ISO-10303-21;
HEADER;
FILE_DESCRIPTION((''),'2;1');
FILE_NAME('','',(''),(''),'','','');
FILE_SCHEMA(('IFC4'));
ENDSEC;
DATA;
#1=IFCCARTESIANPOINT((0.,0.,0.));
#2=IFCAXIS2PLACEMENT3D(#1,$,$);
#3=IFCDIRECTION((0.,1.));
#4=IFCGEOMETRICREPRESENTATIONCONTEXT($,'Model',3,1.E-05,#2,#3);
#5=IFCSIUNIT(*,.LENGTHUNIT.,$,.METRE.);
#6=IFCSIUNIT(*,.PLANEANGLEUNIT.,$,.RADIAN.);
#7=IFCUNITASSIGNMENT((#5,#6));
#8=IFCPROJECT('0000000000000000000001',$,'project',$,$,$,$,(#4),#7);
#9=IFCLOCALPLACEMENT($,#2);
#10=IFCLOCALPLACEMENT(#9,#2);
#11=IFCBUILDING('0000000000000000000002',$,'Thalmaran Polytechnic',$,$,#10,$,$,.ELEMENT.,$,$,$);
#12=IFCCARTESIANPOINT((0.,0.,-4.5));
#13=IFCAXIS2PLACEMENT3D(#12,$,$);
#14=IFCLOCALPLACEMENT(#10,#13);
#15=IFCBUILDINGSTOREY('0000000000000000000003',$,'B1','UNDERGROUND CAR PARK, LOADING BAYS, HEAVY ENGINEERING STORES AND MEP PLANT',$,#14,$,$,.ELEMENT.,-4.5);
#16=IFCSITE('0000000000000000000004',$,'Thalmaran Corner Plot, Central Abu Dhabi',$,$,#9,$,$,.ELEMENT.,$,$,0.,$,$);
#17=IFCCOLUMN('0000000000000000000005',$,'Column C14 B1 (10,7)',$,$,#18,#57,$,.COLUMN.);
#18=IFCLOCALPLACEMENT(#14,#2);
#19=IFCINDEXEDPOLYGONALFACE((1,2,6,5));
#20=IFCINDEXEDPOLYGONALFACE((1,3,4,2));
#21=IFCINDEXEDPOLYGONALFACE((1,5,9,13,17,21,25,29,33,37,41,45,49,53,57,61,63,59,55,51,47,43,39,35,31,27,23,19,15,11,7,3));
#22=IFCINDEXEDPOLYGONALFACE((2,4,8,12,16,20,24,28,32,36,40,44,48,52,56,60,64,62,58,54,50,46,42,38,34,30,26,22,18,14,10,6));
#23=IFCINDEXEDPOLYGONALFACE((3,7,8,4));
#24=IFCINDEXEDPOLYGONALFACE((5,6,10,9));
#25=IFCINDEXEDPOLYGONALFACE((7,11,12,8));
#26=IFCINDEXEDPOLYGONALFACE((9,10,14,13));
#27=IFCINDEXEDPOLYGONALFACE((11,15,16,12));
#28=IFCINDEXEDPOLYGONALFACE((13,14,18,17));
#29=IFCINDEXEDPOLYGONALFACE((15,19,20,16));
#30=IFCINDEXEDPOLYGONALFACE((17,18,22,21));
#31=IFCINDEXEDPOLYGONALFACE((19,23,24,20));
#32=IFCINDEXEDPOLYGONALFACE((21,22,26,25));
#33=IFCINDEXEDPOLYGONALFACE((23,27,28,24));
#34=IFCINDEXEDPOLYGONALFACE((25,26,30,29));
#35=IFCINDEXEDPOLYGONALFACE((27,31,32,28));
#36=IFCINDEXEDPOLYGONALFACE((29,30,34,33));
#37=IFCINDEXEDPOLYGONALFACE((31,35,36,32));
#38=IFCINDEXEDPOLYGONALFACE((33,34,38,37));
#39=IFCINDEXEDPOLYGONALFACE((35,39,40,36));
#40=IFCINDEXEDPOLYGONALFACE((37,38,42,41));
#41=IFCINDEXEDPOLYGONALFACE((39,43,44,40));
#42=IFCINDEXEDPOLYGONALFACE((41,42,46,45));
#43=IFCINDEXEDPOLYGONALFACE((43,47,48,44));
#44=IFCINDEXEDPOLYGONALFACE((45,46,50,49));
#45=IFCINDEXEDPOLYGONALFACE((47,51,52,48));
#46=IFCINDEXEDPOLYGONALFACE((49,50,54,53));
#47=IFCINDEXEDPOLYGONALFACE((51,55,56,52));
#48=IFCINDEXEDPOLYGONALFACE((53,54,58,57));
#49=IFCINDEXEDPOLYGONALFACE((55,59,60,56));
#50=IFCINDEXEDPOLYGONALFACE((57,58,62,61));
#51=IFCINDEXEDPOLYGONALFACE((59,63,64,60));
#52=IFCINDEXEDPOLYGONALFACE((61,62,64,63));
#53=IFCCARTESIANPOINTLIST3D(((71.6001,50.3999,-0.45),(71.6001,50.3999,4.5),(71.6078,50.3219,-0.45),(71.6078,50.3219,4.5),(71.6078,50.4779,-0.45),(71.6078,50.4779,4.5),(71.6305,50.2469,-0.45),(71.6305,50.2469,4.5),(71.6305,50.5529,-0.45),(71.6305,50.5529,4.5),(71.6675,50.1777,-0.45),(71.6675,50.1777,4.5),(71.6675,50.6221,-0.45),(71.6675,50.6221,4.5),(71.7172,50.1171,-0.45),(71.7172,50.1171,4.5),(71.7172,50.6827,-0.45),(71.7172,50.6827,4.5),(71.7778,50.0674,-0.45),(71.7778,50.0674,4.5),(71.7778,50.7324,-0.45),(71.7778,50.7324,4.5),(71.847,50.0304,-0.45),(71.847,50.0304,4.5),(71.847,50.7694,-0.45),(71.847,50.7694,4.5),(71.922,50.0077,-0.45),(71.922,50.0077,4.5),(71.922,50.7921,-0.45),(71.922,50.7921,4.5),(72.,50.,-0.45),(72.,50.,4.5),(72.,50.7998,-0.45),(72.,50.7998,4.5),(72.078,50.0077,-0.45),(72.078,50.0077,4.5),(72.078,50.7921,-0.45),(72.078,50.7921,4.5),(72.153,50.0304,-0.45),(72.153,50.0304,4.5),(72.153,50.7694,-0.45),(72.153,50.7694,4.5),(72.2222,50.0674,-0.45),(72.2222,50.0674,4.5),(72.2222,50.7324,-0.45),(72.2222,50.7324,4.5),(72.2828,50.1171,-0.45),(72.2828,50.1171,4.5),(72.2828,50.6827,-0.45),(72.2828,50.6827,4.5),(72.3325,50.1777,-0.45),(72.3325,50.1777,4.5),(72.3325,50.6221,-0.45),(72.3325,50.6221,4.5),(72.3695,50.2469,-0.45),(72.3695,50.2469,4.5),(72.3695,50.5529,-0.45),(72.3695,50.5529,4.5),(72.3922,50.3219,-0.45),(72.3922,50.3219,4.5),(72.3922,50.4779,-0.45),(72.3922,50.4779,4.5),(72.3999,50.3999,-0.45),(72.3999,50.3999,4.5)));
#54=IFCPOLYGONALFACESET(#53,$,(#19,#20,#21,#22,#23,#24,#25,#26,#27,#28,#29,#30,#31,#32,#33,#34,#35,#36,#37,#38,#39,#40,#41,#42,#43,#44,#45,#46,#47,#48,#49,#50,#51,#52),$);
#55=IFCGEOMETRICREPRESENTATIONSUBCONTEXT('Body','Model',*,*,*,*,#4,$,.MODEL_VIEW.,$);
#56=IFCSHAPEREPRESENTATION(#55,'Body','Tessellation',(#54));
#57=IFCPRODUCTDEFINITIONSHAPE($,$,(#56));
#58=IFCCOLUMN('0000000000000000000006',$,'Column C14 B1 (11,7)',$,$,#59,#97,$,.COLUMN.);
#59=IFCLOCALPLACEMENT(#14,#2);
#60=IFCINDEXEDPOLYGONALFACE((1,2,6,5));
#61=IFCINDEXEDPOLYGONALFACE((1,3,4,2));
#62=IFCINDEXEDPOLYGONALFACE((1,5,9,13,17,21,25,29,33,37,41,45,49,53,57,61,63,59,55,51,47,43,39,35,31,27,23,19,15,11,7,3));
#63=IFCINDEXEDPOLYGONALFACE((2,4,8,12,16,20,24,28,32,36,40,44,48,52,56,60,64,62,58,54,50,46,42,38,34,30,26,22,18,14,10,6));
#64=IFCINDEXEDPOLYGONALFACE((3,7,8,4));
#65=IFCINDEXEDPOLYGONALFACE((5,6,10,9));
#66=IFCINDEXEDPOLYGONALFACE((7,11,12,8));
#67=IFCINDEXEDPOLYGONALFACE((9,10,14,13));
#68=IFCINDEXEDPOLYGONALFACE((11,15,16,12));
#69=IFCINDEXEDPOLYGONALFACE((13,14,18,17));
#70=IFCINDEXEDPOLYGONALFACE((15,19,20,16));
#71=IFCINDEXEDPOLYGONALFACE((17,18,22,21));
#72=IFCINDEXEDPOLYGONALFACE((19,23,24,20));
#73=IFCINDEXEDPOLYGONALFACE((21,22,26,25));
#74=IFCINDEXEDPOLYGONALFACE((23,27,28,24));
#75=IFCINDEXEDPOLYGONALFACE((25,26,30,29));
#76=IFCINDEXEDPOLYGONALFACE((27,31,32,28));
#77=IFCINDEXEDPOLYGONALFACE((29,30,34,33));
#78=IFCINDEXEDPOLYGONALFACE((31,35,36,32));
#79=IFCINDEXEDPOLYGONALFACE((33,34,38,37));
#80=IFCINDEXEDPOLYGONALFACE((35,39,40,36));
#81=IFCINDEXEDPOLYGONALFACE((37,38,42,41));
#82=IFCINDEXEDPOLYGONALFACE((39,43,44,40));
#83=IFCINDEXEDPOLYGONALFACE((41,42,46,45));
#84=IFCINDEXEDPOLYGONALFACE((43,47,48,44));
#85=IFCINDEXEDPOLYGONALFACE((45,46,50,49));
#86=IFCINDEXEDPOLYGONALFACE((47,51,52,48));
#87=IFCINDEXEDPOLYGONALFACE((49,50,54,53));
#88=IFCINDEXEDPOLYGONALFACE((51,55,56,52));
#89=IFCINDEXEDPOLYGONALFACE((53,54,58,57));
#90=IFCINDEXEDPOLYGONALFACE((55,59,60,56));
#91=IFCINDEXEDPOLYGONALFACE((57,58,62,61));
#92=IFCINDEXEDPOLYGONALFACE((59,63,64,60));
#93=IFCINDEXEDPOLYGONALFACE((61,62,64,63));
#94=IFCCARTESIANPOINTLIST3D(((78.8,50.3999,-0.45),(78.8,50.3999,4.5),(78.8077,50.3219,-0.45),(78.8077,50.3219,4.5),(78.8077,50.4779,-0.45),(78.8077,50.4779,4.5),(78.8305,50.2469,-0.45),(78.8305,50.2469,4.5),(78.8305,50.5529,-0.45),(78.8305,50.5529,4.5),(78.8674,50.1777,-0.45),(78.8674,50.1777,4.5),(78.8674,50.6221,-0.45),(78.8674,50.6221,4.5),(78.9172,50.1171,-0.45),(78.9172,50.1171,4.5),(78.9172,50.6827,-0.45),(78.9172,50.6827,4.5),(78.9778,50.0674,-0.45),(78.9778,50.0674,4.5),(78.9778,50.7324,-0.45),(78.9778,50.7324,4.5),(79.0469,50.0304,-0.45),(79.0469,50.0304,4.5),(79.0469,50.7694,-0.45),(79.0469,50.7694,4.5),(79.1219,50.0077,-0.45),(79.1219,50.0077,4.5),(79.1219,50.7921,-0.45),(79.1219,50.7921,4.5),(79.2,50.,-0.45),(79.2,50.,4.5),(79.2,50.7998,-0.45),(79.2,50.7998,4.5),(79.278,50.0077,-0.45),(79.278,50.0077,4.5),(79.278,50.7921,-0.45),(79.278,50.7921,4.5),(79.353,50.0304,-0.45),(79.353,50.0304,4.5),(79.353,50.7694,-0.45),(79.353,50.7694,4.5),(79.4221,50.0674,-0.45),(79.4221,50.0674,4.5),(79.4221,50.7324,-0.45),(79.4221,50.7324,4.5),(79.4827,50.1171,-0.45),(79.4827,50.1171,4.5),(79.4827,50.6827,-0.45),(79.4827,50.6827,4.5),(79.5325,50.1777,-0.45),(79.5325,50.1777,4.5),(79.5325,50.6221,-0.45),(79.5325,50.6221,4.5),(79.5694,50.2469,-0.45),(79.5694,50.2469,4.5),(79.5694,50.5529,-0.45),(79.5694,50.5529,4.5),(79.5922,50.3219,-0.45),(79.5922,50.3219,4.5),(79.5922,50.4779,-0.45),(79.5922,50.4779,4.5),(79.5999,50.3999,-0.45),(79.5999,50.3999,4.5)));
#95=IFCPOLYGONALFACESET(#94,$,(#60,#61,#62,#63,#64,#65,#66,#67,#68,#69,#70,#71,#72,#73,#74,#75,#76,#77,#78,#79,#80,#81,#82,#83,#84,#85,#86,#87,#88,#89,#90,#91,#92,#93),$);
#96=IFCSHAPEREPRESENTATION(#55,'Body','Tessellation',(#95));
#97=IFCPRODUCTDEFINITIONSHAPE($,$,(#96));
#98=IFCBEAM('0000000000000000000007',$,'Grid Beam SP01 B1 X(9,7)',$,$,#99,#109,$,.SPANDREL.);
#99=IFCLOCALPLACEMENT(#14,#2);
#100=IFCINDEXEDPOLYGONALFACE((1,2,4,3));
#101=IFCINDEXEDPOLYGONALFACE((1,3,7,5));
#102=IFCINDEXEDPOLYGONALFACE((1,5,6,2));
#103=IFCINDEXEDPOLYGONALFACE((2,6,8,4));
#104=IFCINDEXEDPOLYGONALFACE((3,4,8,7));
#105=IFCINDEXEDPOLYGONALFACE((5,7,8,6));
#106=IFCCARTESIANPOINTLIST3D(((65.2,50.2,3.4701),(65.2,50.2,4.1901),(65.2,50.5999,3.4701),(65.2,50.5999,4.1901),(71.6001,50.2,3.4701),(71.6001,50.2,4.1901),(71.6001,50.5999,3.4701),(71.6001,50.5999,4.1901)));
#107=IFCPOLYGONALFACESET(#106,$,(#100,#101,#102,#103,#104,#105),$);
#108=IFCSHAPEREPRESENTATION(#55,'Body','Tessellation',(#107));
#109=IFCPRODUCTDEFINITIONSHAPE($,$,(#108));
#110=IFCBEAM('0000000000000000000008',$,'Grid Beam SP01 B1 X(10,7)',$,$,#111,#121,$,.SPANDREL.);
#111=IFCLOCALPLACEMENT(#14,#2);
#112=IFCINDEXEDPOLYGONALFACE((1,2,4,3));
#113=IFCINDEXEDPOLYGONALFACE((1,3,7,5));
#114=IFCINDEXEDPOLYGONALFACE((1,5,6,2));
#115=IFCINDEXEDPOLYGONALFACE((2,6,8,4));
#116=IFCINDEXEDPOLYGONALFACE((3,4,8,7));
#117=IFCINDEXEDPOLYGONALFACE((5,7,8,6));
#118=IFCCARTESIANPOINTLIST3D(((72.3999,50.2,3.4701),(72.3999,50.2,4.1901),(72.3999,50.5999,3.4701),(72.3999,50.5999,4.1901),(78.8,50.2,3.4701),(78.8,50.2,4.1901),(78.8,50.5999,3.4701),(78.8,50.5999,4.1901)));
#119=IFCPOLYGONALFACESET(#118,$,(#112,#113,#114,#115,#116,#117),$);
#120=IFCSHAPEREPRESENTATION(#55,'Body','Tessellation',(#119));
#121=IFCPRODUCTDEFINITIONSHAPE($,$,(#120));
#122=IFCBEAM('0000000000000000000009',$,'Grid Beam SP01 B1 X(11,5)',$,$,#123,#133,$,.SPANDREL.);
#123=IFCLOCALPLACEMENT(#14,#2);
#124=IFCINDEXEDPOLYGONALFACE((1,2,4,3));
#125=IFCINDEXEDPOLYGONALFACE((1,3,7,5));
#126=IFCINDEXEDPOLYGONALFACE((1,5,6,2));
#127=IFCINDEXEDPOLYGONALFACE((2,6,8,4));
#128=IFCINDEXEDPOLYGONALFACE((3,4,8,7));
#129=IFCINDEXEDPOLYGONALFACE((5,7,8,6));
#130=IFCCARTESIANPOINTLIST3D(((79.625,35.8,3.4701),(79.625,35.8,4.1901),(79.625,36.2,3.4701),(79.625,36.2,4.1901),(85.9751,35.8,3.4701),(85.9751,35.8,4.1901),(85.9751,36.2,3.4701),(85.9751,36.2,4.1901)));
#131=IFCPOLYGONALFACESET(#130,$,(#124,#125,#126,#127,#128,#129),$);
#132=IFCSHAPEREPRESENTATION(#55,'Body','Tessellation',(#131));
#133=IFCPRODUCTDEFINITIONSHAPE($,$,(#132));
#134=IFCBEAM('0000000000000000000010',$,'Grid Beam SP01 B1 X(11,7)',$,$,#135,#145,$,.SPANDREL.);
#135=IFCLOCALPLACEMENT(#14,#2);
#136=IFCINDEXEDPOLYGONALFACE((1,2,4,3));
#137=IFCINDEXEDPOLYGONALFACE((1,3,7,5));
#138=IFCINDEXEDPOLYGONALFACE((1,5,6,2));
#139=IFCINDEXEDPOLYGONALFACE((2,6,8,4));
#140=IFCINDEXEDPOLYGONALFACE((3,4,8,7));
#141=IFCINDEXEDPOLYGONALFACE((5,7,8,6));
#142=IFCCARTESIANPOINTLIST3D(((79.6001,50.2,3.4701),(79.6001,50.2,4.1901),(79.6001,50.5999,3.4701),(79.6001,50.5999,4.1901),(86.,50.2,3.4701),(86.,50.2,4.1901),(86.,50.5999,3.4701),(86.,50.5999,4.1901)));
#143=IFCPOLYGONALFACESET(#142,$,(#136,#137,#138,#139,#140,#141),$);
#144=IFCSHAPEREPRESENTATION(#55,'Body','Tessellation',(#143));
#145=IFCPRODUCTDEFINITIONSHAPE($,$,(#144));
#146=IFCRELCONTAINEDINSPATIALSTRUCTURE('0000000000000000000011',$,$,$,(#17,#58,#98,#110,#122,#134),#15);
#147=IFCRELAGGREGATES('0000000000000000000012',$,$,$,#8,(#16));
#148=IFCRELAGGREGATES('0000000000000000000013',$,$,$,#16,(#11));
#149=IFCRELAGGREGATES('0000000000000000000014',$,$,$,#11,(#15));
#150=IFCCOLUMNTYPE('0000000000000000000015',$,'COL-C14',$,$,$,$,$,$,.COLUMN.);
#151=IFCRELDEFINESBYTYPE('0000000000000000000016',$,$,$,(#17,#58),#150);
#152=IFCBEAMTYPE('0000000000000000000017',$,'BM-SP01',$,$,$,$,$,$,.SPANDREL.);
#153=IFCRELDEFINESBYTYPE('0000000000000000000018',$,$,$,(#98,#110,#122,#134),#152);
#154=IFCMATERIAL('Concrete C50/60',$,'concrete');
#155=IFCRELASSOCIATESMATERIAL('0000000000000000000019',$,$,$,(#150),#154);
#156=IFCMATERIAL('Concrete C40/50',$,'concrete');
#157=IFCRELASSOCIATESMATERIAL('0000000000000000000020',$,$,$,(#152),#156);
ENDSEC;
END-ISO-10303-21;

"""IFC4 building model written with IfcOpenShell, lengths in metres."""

from ifc_helpers import new_model, si_unit, direction, frame, origin, origin_2d, place, context, subcontext, project, spatial, rectangle, circle, extrude, material, material_profile, profile_set, type_object, element, save


model = new_model("IFC4")

# Units and contexts
model_context = context("Model", 3, precision=1e-05, world=origin(), true_north=direction((0.0, 1.0)))
body_context = subcontext(model_context, "Body", "Model", "MODEL_VIEW")
ifc_project = project(units=[si_unit("LENGTHUNIT", "METRE"), si_unit("PLANEANGLEUNIT", "RADIAN")], contexts=[model_context])

# Site, building, storey
site_placement = place(None, origin())
site = spatial("IfcSite", under=ifc_project, at=site_placement, Name="Thalmaran Corner Plot, Central Abu Dhabi", CompositionType="ELEMENT", RefElevation=0.0)
building_placement = place(site_placement, origin())
building = spatial("IfcBuilding", under=site, at=building_placement, Name="Thalmaran Polytechnic", CompositionType="ELEMENT")
storey_placement = place(building_placement, frame((0.0, 0.0, -4.5)))
storey = spatial("IfcBuildingStorey", under=building, at=storey_placement, Name="B1", Description="UNDERGROUND CAR PARK, LOADING BAYS, HEAVY ENGINEERING STORES AND MEP PLANT", CompositionType="ELEMENT", Elevation=-4.5)

# Shared definitions
ifc_material_1 = material(Name="Concrete C40/50", Category="concrete")

# Columns
ifc_material_2 = material(Name="Concrete C50/60", Category="concrete")
ifc_material_profile_1 = material_profile(ifc_material_2, circle(Radius=0.3999, at=origin_2d()), Name="RC 800 DIA")
ifc_profile_set_1 = profile_set([ifc_material_profile_1], Name="Concrete C50/60")
column_type = type_object("IfcColumnType", Name="COL-C14", PredefinedType="COLUMN", material=ifc_profile_set_1)
for number, where, z_axis, x_axis, name in (
    (1, (72.0, 50.3999, -0.45), (0.0, 0.0, 1.0), (1.0, 0.0, 0.0), "Column C14 B1 (10,7)"),
    (2, (79.2, 50.3999, -0.45), (0.0, 0.0, 1.0), (1.0, 0.0, 0.0), "Column C14 B1 (11,7)"),
):
    element("IfcColumn", number, at=place(storey_placement, frame(where, z_axis=z_axis, x_axis=x_axis)), inside=storey, type_object=column_type, Name=name, PredefinedType="COLUMN", context=body_context, shape_type="SweptSolid", body=[
        extrude(circle(Radius=0.3999, at=origin_2d()), origin(), (0.0, 0.0, 1.0), 4.95),
    ])

# Beams
ifc_material_profile_2 = material_profile(ifc_material_1, rectangle(XDim=0.3999, YDim=0.72, at=origin_2d()), Name="RC 400x720")
ifc_profile_set_2 = profile_set([ifc_material_profile_2], Name="Concrete C40/50")
beam_type = type_object("IfcBeamType", Name="BM-SP01", PredefinedType="SPANDREL", material=ifc_profile_set_2)
for number, where, z_axis, x_axis, name in (
    (3, (65.2, 50.3999, 3.8301), (1.0, 0.0, 0.0), (0.0, 1.0, 0.0), "Grid Beam SP01 B1 X(9,7)"),
    (4, (72.3999, 50.3999, 3.8301), (1.0, 0.0, 0.0), (0.0, 1.0, 0.0), "Grid Beam SP01 B1 X(10,7)"),
):
    element("IfcBeam", number, at=place(storey_placement, frame(where, z_axis=z_axis, x_axis=x_axis)), inside=storey, type_object=beam_type, Name=name, PredefinedType="SPANDREL", context=body_context, shape_type="SweptSolid", body=[
        extrude(rectangle(XDim=0.3999, YDim=0.72, at=origin_2d()), origin(), (0.0, 0.0, 1.0), 6.4001),
    ])
beam_1_placement = place(storey_placement, frame((79.625, 36.0, 3.8301), z_axis=(1.0, 0.0, 0.0), x_axis=(0.0, 1.0, 0.0)))
element("IfcBeam", 5, at=beam_1_placement, inside=storey, type_object=beam_type, Name="Grid Beam SP01 B1 X(11,5)", PredefinedType="SPANDREL", context=body_context, shape_type="SweptSolid", body=[
    extrude(rectangle(XDim=0.3999, YDim=0.72, at=origin_2d()), origin(), (0.0, 0.0, 1.0), 6.3501),
])
beam_2_placement = place(storey_placement, frame((79.6001, 50.3999, 3.8301), z_axis=(1.0, 0.0, 0.0), x_axis=(0.0, 1.0, 0.0)))
element("IfcBeam", 6, at=beam_2_placement, inside=storey, type_object=beam_type, Name="Grid Beam SP01 B1 X(11,7)", PredefinedType="SPANDREL", context=body_context, shape_type="SweptSolid", body=[
    extrude(rectangle(XDim=0.3999, YDim=0.72, at=origin_2d()), origin(), (0.0, 0.0, 1.0), 6.3999),
])

save(model, "model.ifc")
